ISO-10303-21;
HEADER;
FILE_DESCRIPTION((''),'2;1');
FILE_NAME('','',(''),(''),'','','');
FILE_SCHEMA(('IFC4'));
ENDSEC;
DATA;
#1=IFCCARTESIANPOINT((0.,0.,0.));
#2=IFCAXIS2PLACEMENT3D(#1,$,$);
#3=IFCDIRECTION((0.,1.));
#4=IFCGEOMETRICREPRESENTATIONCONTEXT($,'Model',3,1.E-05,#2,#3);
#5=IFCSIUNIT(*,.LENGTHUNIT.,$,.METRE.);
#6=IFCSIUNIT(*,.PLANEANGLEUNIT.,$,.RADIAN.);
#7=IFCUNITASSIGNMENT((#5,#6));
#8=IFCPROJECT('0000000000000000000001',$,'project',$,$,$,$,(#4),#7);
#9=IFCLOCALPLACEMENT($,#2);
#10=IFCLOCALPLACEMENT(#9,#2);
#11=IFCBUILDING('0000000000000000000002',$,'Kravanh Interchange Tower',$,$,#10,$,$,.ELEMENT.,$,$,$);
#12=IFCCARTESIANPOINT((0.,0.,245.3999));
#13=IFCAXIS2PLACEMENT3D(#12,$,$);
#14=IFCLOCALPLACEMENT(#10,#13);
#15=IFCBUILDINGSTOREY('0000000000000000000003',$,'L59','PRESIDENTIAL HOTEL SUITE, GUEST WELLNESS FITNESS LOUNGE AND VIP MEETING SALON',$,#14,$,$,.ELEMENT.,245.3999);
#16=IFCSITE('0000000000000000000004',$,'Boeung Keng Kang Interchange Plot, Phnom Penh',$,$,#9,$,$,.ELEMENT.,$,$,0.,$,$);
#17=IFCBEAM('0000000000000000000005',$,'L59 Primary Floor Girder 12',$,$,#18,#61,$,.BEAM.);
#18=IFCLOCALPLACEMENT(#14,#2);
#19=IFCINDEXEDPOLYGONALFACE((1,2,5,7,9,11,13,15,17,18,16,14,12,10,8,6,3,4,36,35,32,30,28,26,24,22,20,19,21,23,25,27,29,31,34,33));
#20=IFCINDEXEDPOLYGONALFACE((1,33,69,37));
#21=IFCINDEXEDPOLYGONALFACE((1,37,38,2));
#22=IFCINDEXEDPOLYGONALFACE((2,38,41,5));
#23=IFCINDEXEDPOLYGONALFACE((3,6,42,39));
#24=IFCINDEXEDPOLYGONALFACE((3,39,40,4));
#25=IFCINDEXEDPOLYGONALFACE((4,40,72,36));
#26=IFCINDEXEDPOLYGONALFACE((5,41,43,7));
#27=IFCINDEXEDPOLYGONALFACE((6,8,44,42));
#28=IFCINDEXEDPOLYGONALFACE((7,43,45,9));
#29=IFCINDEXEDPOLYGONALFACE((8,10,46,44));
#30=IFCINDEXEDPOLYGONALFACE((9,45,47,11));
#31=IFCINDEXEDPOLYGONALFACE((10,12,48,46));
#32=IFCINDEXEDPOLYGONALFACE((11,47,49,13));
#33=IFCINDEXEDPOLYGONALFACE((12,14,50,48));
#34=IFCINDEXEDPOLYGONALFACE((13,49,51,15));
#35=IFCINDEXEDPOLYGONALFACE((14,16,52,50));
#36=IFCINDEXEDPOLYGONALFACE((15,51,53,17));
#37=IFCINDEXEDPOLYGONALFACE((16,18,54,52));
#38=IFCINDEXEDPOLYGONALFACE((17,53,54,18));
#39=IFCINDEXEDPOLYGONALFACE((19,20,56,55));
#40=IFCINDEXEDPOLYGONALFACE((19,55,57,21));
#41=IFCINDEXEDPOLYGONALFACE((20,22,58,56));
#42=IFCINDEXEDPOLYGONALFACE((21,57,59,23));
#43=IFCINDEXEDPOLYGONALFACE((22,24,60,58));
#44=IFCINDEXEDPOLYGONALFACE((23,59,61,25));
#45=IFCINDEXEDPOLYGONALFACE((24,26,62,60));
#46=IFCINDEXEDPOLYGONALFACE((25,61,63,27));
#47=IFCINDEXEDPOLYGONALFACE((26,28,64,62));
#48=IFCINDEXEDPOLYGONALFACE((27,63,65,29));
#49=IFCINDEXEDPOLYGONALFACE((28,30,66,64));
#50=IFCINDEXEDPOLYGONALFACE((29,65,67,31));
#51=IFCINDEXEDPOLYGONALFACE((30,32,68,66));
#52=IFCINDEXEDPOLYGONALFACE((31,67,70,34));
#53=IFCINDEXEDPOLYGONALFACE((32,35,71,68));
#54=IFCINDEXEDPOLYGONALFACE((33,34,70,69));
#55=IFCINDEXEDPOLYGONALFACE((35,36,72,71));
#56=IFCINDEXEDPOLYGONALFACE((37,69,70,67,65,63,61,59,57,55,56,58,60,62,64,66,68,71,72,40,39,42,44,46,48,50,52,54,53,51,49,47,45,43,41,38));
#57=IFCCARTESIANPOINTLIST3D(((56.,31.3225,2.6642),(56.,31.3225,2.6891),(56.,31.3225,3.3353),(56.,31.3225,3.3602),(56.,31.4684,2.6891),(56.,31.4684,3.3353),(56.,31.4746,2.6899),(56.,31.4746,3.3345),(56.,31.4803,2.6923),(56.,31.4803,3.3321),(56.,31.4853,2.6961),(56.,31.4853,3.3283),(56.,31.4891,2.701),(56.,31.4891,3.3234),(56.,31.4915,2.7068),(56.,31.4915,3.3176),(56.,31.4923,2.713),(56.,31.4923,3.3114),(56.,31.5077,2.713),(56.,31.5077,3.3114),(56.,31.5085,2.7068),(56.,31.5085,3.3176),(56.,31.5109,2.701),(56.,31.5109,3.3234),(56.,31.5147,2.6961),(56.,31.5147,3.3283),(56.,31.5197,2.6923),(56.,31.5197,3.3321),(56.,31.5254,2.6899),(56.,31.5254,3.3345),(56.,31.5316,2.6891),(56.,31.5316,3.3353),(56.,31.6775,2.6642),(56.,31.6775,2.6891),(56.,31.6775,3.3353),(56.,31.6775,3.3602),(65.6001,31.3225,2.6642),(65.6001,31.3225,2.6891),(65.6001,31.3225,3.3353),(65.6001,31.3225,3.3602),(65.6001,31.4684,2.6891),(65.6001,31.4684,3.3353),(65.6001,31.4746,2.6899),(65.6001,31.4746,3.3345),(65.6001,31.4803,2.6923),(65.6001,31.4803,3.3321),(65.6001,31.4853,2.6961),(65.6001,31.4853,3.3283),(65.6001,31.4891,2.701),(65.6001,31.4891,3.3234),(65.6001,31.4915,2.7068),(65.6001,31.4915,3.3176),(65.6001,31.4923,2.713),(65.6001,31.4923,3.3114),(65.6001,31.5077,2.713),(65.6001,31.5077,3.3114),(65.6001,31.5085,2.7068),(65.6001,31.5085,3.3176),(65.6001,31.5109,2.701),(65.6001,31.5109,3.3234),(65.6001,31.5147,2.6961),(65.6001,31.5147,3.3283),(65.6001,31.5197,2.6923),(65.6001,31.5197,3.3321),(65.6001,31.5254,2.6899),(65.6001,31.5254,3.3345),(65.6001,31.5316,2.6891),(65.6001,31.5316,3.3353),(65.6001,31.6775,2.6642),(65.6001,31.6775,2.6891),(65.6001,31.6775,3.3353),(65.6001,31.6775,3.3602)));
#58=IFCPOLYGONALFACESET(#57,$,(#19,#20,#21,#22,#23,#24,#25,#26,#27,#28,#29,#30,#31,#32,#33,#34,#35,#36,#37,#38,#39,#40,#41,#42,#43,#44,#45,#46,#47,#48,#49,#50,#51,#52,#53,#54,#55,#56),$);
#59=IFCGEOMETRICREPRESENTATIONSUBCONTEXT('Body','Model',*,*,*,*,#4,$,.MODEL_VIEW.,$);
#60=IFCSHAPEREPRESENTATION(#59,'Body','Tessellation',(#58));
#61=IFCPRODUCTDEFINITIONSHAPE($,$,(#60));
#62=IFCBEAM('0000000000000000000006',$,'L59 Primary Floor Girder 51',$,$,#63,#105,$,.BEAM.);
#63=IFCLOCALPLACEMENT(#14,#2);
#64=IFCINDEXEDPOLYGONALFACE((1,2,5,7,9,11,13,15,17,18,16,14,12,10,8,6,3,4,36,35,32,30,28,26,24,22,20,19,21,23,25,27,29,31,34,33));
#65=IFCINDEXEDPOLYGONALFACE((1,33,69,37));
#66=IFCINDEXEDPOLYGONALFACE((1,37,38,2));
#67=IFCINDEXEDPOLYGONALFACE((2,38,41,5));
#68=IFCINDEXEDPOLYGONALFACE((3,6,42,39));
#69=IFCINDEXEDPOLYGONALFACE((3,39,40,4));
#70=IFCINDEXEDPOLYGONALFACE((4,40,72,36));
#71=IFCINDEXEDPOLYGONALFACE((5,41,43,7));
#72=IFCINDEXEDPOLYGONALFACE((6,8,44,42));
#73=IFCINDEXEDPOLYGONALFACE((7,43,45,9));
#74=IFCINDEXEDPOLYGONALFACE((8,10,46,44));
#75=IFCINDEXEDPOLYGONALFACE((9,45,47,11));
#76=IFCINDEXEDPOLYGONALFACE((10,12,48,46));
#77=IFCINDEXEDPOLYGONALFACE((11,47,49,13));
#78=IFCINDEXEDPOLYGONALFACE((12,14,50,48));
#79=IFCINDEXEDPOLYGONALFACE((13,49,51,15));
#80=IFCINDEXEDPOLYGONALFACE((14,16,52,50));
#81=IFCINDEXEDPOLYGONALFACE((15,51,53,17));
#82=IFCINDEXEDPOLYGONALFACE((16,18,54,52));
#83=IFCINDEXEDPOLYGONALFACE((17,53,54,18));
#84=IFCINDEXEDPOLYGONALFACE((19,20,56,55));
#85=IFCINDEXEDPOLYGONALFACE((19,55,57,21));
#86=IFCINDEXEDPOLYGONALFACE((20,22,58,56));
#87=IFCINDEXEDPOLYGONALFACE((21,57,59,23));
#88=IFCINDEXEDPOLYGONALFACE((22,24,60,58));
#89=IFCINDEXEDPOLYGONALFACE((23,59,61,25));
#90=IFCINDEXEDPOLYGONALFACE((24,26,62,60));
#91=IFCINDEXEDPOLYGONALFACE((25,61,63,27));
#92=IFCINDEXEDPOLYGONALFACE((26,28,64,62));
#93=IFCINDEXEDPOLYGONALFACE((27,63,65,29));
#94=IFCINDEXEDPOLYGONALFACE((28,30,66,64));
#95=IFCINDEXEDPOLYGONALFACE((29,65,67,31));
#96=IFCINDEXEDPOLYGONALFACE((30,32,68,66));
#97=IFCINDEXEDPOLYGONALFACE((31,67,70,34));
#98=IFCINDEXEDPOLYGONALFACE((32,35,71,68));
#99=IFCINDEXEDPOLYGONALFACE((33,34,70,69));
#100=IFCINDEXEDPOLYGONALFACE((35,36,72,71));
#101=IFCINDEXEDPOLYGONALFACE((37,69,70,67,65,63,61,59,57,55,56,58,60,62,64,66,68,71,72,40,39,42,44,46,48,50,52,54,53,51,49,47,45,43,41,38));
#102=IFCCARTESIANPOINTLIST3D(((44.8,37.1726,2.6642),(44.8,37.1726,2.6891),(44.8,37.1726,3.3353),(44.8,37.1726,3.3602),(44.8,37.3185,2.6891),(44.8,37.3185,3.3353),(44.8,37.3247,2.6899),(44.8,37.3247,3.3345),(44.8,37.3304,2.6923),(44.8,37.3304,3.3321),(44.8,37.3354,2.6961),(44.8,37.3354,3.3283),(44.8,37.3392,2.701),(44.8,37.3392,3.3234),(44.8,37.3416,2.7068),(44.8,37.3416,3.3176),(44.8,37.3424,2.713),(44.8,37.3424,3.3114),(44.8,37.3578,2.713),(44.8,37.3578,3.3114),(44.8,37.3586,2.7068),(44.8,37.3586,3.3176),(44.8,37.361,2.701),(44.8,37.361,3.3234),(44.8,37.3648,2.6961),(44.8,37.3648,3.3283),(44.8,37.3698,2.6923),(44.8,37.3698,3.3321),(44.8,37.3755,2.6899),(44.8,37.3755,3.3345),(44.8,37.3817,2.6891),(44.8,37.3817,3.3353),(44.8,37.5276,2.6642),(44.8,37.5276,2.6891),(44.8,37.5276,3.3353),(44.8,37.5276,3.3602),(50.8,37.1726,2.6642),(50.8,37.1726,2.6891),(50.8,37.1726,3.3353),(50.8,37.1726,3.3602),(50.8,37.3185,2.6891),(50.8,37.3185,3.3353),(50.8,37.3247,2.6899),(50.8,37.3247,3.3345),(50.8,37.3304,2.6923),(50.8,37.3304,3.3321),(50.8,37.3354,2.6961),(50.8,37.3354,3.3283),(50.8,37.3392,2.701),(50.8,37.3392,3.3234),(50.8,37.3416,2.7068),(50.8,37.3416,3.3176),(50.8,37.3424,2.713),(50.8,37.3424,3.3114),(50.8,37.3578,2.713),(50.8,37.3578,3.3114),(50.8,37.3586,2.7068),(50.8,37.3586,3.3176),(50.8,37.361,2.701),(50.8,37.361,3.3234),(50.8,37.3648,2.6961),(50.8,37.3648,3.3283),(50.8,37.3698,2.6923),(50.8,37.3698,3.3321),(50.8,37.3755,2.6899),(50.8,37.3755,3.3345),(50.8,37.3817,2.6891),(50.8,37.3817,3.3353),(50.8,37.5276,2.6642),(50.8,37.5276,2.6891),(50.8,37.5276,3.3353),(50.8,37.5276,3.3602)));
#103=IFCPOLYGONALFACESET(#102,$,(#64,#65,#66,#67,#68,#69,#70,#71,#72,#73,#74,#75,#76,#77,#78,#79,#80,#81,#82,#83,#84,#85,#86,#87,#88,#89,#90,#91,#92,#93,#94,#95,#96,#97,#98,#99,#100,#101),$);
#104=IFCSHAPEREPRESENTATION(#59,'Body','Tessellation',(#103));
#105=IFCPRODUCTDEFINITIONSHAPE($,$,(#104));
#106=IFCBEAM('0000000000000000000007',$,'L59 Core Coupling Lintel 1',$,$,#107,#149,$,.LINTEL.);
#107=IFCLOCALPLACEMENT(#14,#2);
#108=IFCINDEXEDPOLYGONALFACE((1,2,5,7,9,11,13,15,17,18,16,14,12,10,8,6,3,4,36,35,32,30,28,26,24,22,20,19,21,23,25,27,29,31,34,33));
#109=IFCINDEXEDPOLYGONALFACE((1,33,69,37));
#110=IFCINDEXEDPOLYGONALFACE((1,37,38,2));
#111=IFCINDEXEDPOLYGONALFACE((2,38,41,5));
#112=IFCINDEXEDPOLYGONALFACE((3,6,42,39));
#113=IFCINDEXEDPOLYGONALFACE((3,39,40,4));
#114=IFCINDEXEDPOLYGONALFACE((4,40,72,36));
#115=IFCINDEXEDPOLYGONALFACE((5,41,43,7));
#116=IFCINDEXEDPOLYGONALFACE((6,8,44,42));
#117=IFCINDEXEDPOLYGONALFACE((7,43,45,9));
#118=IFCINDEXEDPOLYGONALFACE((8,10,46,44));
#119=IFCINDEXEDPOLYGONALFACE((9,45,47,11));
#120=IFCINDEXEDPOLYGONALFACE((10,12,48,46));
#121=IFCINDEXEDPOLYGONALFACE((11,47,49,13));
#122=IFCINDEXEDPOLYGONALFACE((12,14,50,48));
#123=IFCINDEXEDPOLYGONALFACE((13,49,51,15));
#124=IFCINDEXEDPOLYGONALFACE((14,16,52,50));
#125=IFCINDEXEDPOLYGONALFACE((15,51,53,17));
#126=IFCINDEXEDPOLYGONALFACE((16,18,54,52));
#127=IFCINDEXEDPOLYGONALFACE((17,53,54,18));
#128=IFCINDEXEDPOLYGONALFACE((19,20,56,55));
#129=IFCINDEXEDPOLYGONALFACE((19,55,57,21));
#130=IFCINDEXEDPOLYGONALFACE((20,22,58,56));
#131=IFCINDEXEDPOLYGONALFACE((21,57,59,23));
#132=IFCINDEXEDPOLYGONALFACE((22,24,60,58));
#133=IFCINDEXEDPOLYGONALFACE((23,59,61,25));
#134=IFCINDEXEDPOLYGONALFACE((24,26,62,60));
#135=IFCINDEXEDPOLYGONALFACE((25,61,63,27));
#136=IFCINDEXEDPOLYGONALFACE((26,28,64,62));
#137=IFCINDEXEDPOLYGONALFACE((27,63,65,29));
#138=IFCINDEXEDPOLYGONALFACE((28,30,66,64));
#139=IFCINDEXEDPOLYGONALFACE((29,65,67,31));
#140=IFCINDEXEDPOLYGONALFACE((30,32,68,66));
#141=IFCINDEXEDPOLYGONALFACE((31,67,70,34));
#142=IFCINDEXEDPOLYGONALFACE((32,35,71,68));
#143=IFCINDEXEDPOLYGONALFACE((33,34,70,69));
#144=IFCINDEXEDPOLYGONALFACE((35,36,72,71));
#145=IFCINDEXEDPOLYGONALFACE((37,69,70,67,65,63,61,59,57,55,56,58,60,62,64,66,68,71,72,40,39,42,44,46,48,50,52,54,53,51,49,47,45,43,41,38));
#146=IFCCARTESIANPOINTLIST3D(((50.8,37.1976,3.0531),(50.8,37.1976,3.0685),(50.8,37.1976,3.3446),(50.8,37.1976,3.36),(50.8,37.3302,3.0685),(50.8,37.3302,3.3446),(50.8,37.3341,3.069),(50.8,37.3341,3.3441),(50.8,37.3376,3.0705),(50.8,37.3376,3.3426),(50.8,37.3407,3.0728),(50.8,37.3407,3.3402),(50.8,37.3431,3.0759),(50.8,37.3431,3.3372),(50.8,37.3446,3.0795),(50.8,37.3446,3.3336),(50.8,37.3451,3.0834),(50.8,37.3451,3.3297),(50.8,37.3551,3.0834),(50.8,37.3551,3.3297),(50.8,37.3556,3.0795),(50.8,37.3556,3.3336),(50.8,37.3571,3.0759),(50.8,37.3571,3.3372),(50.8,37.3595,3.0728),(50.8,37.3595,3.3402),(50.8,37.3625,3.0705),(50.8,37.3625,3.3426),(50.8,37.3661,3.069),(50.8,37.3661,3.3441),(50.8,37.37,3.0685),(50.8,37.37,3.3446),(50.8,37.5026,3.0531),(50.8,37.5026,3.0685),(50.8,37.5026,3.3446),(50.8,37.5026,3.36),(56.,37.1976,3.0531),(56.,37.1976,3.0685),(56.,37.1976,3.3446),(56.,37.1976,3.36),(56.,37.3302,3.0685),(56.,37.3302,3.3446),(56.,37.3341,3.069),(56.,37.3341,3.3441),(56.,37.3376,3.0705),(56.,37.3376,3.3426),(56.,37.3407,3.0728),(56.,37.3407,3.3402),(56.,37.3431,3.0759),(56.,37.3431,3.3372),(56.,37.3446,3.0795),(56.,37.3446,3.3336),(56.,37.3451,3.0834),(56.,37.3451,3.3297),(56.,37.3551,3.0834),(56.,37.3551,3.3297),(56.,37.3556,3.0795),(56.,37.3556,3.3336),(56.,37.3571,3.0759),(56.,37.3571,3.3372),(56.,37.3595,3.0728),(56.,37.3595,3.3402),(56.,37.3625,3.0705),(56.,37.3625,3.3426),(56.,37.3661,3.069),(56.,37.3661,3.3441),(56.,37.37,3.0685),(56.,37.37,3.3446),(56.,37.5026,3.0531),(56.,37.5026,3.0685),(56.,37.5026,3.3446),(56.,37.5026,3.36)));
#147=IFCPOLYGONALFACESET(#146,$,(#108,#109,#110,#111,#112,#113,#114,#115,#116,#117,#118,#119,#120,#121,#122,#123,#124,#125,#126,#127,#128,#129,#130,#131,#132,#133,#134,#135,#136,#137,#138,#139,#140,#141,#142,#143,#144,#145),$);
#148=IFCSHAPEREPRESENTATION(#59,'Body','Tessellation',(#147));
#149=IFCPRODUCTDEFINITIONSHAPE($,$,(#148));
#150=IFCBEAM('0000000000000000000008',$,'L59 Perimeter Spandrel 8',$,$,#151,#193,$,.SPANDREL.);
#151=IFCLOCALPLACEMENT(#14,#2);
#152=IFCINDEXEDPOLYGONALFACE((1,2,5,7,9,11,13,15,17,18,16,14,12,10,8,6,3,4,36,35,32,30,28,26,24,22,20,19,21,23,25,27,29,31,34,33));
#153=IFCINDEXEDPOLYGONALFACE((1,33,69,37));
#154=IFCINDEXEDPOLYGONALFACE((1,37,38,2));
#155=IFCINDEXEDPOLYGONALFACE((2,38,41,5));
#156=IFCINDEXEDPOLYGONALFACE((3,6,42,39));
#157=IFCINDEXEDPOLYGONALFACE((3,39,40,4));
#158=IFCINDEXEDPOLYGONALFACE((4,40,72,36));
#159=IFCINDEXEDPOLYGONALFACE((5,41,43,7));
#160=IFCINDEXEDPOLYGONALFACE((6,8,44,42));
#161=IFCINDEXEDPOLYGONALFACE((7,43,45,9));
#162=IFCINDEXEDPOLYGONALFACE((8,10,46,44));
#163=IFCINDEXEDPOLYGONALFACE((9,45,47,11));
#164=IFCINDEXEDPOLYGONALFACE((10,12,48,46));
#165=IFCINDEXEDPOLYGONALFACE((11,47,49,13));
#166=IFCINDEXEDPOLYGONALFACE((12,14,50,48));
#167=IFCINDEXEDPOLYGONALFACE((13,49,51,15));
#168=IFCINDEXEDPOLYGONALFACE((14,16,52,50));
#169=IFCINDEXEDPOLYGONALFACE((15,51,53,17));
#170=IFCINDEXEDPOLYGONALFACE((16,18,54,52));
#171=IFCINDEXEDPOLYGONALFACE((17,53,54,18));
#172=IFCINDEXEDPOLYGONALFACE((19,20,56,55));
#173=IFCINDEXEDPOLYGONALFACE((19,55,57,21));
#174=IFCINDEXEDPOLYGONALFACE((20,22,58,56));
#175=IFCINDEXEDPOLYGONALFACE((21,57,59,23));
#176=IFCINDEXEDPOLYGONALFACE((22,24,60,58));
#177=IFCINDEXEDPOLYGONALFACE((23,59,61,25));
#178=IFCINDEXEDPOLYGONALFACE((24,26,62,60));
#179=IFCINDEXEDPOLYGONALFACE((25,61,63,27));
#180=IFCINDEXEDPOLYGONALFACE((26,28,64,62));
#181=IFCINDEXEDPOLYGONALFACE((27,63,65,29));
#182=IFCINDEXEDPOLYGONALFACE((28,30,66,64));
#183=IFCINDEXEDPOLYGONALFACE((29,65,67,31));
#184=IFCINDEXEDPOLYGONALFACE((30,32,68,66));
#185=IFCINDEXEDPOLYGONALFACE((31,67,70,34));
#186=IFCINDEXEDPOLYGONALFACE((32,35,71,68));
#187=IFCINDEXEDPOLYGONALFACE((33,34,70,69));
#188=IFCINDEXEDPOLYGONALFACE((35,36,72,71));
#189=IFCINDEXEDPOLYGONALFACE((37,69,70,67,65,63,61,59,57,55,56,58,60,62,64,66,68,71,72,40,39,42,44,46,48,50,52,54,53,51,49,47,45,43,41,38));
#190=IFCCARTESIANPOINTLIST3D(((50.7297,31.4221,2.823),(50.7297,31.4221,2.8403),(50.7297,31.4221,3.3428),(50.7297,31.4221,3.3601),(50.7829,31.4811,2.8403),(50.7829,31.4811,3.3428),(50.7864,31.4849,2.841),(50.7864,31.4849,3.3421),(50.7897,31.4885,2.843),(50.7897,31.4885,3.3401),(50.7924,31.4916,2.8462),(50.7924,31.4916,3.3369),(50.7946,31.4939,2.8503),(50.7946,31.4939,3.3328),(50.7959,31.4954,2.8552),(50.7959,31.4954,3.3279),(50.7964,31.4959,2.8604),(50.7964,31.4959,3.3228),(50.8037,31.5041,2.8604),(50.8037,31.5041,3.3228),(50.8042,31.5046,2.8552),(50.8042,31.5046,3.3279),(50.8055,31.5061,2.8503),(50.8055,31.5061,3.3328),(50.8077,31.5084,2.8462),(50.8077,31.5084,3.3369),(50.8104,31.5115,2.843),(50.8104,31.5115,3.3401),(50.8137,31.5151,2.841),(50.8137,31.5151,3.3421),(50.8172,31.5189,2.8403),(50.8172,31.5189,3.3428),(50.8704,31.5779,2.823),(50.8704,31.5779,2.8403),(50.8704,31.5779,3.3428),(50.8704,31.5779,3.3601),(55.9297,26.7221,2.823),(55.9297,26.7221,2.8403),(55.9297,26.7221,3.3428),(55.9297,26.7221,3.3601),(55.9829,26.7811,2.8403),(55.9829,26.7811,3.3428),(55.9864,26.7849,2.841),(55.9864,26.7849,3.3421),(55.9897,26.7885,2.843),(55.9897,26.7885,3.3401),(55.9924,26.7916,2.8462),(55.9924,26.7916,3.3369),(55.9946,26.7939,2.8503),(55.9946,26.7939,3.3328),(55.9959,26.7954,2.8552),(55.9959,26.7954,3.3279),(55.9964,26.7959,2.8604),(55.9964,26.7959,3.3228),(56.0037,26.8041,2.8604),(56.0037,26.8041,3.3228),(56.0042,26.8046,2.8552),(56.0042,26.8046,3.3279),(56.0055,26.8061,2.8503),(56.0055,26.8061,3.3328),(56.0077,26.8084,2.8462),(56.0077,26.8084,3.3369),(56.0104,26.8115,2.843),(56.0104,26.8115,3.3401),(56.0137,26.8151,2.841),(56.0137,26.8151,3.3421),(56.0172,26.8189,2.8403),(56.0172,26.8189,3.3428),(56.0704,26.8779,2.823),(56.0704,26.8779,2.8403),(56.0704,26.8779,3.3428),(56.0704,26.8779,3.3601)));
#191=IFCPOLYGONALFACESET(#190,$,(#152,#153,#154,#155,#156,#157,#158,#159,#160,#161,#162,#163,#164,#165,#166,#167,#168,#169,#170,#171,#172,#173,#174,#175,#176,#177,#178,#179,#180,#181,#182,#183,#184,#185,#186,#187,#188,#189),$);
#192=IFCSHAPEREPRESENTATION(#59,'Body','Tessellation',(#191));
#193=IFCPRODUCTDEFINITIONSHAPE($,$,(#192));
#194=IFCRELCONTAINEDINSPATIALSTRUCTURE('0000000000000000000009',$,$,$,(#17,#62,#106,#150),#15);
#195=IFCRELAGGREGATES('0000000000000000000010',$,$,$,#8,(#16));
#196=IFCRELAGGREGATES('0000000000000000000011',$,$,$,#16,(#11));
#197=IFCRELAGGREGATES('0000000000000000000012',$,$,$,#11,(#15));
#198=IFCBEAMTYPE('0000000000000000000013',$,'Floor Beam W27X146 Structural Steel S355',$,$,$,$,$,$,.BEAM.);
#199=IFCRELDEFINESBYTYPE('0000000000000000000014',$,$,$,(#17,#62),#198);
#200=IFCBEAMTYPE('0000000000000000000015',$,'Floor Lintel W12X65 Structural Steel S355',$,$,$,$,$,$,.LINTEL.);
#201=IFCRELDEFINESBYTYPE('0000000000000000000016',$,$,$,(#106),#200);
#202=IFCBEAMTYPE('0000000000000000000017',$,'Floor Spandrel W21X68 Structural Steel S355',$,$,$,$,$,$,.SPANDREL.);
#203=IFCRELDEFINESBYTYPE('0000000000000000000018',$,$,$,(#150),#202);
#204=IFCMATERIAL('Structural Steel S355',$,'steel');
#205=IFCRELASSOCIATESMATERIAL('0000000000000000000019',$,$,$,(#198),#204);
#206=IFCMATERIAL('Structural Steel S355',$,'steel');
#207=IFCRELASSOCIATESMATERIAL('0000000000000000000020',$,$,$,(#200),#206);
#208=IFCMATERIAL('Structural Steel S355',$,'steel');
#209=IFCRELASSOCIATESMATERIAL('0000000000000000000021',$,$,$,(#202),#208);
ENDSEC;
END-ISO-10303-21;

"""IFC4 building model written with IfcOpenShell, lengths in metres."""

from ifc_helpers import new_model, si_unit, direction, frame, origin, origin_2d, place, context, subcontext, project, spatial, i_section, extrude, material, material_profile, profile_set, type_object, element, save


model = new_model("IFC4")

# Units and contexts
model_context = context("Model", 3, precision=1e-05, world=origin(), true_north=direction((0.0, 1.0)))
body_context = subcontext(model_context, "Body", "Model", "MODEL_VIEW")
ifc_project = project(units=[si_unit("LENGTHUNIT", "METRE"), si_unit("PLANEANGLEUNIT", "RADIAN")], contexts=[model_context])

# Site, building, storey
site_placement = place(None, origin())
site = spatial("IfcSite", under=ifc_project, at=site_placement, Name="Boeung Keng Kang Interchange Plot, Phnom Penh", CompositionType="ELEMENT", RefElevation=0.0)
building_placement = place(site_placement, origin())
building = spatial("IfcBuilding", under=site, at=building_placement, Name="Kravanh Interchange Tower", CompositionType="ELEMENT")
storey_placement = place(building_placement, frame((0.0, 0.0, 245.3999)))
storey = spatial("IfcBuildingStorey", under=building, at=storey_placement, Name="L59", Description="PRESIDENTIAL HOTEL SUITE, GUEST WELLNESS FITNESS LOUNGE AND VIP MEETING SALON", CompositionType="ELEMENT", Elevation=245.3999)

# Beams
ifc_material_1 = material(Name="Structural Steel S355", Category="steel")
ifc_material_profile_1 = material_profile(ifc_material_1, i_section(OverallWidth=0.355, OverallDepth=0.696, WebThickness=0.0154, FlangeThickness=0.0249, FilletRadius=0.0239, at=origin_2d()), Name="W27X146")
ifc_profile_set_1 = profile_set([ifc_material_profile_1], Name="Structural Steel S355")
beam_type_1 = type_object("IfcBeamType", Name="Floor Beam W27X146 Structural Steel S355", PredefinedType="BEAM", material=ifc_profile_set_1)
beam_1_placement = place(storey_placement, frame((56.0, 31.5, 3.0122), z_axis=(1.0, 0.0, 0.0), x_axis=(0.0, 1.0, 0.0)))
element("IfcBeam", 1, at=beam_1_placement, inside=storey, type_object=beam_type_1, Name="L59 Primary Floor Girder 12", PredefinedType="BEAM", context=body_context, shape_type="SweptSolid", body=[
    extrude(i_section(OverallWidth=0.355, OverallDepth=0.696, WebThickness=0.0154, FlangeThickness=0.0249, FilletRadius=0.0239, at=origin_2d()), origin(), (0.0, 0.0, 1.0), 9.6001),
])
beam_2_placement = place(storey_placement, frame((50.8, 37.3501, 3.0122), z_axis=(-1.0, 0.0, 0.0), x_axis=(0.0, -1.0, 0.0)))
element("IfcBeam", 2, at=beam_2_placement, inside=storey, type_object=beam_type_1, Name="L59 Primary Floor Girder 51", PredefinedType="BEAM", context=body_context, shape_type="SweptSolid", body=[
    extrude(i_section(OverallWidth=0.355, OverallDepth=0.696, WebThickness=0.0154, FlangeThickness=0.0249, FilletRadius=0.0239, at=origin_2d()), origin(), (0.0, 0.0, 1.0), 6.0),
])
ifc_material_2 = material(Name="Structural Steel S355", Category="steel")
ifc_material_profile_2 = material_profile(ifc_material_2, i_section(OverallWidth=0.3049, OverallDepth=0.3069, WebThickness=0.01, FlangeThickness=0.0154, FilletRadius=0.0149, at=origin_2d()), Name="W12X65")
ifc_profile_set_2 = profile_set([ifc_material_profile_2], Name="Structural Steel S355")
beam_type_2 = type_object("IfcBeamType", Name="Floor Lintel W12X65 Structural Steel S355", PredefinedType="LINTEL", material=ifc_profile_set_2)
beam_3_placement = place(storey_placement, frame((50.8, 37.3501, 3.2065), z_axis=(1.0, 0.0, 0.0), x_axis=(0.0, 1.0, 0.0)))
element("IfcBeam", 3, at=beam_3_placement, inside=storey, type_object=beam_type_2, Name="L59 Core Coupling Lintel 1", PredefinedType="LINTEL", context=body_context, shape_type="SweptSolid", body=[
    extrude(i_section(OverallWidth=0.3049, OverallDepth=0.3069, WebThickness=0.01, FlangeThickness=0.0154, FilletRadius=0.0149, at=origin_2d()), origin(), (0.0, 0.0, 1.0), 5.2),
])
ifc_material_3 = material(Name="Structural Steel S355", Category="steel")
ifc_material_profile_3 = material_profile(ifc_material_3, i_section(OverallWidth=0.21, OverallDepth=0.5371, WebThickness=0.011, FlangeThickness=0.0173, FilletRadius=0.02, at=origin_2d()), Name="W21X68")
ifc_profile_set_3 = profile_set([ifc_material_profile_3], Name="Structural Steel S355")
beam_type_3 = type_object("IfcBeamType", Name="Floor Spandrel W21X68 Structural Steel S355", PredefinedType="SPANDREL", material=ifc_profile_set_3)
for number, where, z_axis, x_axis, name in (
    (4, (50.8, 31.5, 3.0916), (0.741874, -0.670539, 0.0), (0.670539, 0.741874, 0.0), "L59 Perimeter Spandrel 8"),
):
    element("IfcBeam", number, at=place(storey_placement, frame(where, z_axis=z_axis, x_axis=x_axis)), inside=storey, type_object=beam_type_3, Name=name, PredefinedType="SPANDREL", context=body_context, shape_type="SweptSolid", body=[
        extrude(i_section(OverallWidth=0.21, OverallDepth=0.5371, WebThickness=0.011, FlangeThickness=0.0173, FilletRadius=0.02, at=origin_2d()), origin(), (0.0, 0.0, 1.0), 7.0093),
    ])

save(model, "model.ifc")
